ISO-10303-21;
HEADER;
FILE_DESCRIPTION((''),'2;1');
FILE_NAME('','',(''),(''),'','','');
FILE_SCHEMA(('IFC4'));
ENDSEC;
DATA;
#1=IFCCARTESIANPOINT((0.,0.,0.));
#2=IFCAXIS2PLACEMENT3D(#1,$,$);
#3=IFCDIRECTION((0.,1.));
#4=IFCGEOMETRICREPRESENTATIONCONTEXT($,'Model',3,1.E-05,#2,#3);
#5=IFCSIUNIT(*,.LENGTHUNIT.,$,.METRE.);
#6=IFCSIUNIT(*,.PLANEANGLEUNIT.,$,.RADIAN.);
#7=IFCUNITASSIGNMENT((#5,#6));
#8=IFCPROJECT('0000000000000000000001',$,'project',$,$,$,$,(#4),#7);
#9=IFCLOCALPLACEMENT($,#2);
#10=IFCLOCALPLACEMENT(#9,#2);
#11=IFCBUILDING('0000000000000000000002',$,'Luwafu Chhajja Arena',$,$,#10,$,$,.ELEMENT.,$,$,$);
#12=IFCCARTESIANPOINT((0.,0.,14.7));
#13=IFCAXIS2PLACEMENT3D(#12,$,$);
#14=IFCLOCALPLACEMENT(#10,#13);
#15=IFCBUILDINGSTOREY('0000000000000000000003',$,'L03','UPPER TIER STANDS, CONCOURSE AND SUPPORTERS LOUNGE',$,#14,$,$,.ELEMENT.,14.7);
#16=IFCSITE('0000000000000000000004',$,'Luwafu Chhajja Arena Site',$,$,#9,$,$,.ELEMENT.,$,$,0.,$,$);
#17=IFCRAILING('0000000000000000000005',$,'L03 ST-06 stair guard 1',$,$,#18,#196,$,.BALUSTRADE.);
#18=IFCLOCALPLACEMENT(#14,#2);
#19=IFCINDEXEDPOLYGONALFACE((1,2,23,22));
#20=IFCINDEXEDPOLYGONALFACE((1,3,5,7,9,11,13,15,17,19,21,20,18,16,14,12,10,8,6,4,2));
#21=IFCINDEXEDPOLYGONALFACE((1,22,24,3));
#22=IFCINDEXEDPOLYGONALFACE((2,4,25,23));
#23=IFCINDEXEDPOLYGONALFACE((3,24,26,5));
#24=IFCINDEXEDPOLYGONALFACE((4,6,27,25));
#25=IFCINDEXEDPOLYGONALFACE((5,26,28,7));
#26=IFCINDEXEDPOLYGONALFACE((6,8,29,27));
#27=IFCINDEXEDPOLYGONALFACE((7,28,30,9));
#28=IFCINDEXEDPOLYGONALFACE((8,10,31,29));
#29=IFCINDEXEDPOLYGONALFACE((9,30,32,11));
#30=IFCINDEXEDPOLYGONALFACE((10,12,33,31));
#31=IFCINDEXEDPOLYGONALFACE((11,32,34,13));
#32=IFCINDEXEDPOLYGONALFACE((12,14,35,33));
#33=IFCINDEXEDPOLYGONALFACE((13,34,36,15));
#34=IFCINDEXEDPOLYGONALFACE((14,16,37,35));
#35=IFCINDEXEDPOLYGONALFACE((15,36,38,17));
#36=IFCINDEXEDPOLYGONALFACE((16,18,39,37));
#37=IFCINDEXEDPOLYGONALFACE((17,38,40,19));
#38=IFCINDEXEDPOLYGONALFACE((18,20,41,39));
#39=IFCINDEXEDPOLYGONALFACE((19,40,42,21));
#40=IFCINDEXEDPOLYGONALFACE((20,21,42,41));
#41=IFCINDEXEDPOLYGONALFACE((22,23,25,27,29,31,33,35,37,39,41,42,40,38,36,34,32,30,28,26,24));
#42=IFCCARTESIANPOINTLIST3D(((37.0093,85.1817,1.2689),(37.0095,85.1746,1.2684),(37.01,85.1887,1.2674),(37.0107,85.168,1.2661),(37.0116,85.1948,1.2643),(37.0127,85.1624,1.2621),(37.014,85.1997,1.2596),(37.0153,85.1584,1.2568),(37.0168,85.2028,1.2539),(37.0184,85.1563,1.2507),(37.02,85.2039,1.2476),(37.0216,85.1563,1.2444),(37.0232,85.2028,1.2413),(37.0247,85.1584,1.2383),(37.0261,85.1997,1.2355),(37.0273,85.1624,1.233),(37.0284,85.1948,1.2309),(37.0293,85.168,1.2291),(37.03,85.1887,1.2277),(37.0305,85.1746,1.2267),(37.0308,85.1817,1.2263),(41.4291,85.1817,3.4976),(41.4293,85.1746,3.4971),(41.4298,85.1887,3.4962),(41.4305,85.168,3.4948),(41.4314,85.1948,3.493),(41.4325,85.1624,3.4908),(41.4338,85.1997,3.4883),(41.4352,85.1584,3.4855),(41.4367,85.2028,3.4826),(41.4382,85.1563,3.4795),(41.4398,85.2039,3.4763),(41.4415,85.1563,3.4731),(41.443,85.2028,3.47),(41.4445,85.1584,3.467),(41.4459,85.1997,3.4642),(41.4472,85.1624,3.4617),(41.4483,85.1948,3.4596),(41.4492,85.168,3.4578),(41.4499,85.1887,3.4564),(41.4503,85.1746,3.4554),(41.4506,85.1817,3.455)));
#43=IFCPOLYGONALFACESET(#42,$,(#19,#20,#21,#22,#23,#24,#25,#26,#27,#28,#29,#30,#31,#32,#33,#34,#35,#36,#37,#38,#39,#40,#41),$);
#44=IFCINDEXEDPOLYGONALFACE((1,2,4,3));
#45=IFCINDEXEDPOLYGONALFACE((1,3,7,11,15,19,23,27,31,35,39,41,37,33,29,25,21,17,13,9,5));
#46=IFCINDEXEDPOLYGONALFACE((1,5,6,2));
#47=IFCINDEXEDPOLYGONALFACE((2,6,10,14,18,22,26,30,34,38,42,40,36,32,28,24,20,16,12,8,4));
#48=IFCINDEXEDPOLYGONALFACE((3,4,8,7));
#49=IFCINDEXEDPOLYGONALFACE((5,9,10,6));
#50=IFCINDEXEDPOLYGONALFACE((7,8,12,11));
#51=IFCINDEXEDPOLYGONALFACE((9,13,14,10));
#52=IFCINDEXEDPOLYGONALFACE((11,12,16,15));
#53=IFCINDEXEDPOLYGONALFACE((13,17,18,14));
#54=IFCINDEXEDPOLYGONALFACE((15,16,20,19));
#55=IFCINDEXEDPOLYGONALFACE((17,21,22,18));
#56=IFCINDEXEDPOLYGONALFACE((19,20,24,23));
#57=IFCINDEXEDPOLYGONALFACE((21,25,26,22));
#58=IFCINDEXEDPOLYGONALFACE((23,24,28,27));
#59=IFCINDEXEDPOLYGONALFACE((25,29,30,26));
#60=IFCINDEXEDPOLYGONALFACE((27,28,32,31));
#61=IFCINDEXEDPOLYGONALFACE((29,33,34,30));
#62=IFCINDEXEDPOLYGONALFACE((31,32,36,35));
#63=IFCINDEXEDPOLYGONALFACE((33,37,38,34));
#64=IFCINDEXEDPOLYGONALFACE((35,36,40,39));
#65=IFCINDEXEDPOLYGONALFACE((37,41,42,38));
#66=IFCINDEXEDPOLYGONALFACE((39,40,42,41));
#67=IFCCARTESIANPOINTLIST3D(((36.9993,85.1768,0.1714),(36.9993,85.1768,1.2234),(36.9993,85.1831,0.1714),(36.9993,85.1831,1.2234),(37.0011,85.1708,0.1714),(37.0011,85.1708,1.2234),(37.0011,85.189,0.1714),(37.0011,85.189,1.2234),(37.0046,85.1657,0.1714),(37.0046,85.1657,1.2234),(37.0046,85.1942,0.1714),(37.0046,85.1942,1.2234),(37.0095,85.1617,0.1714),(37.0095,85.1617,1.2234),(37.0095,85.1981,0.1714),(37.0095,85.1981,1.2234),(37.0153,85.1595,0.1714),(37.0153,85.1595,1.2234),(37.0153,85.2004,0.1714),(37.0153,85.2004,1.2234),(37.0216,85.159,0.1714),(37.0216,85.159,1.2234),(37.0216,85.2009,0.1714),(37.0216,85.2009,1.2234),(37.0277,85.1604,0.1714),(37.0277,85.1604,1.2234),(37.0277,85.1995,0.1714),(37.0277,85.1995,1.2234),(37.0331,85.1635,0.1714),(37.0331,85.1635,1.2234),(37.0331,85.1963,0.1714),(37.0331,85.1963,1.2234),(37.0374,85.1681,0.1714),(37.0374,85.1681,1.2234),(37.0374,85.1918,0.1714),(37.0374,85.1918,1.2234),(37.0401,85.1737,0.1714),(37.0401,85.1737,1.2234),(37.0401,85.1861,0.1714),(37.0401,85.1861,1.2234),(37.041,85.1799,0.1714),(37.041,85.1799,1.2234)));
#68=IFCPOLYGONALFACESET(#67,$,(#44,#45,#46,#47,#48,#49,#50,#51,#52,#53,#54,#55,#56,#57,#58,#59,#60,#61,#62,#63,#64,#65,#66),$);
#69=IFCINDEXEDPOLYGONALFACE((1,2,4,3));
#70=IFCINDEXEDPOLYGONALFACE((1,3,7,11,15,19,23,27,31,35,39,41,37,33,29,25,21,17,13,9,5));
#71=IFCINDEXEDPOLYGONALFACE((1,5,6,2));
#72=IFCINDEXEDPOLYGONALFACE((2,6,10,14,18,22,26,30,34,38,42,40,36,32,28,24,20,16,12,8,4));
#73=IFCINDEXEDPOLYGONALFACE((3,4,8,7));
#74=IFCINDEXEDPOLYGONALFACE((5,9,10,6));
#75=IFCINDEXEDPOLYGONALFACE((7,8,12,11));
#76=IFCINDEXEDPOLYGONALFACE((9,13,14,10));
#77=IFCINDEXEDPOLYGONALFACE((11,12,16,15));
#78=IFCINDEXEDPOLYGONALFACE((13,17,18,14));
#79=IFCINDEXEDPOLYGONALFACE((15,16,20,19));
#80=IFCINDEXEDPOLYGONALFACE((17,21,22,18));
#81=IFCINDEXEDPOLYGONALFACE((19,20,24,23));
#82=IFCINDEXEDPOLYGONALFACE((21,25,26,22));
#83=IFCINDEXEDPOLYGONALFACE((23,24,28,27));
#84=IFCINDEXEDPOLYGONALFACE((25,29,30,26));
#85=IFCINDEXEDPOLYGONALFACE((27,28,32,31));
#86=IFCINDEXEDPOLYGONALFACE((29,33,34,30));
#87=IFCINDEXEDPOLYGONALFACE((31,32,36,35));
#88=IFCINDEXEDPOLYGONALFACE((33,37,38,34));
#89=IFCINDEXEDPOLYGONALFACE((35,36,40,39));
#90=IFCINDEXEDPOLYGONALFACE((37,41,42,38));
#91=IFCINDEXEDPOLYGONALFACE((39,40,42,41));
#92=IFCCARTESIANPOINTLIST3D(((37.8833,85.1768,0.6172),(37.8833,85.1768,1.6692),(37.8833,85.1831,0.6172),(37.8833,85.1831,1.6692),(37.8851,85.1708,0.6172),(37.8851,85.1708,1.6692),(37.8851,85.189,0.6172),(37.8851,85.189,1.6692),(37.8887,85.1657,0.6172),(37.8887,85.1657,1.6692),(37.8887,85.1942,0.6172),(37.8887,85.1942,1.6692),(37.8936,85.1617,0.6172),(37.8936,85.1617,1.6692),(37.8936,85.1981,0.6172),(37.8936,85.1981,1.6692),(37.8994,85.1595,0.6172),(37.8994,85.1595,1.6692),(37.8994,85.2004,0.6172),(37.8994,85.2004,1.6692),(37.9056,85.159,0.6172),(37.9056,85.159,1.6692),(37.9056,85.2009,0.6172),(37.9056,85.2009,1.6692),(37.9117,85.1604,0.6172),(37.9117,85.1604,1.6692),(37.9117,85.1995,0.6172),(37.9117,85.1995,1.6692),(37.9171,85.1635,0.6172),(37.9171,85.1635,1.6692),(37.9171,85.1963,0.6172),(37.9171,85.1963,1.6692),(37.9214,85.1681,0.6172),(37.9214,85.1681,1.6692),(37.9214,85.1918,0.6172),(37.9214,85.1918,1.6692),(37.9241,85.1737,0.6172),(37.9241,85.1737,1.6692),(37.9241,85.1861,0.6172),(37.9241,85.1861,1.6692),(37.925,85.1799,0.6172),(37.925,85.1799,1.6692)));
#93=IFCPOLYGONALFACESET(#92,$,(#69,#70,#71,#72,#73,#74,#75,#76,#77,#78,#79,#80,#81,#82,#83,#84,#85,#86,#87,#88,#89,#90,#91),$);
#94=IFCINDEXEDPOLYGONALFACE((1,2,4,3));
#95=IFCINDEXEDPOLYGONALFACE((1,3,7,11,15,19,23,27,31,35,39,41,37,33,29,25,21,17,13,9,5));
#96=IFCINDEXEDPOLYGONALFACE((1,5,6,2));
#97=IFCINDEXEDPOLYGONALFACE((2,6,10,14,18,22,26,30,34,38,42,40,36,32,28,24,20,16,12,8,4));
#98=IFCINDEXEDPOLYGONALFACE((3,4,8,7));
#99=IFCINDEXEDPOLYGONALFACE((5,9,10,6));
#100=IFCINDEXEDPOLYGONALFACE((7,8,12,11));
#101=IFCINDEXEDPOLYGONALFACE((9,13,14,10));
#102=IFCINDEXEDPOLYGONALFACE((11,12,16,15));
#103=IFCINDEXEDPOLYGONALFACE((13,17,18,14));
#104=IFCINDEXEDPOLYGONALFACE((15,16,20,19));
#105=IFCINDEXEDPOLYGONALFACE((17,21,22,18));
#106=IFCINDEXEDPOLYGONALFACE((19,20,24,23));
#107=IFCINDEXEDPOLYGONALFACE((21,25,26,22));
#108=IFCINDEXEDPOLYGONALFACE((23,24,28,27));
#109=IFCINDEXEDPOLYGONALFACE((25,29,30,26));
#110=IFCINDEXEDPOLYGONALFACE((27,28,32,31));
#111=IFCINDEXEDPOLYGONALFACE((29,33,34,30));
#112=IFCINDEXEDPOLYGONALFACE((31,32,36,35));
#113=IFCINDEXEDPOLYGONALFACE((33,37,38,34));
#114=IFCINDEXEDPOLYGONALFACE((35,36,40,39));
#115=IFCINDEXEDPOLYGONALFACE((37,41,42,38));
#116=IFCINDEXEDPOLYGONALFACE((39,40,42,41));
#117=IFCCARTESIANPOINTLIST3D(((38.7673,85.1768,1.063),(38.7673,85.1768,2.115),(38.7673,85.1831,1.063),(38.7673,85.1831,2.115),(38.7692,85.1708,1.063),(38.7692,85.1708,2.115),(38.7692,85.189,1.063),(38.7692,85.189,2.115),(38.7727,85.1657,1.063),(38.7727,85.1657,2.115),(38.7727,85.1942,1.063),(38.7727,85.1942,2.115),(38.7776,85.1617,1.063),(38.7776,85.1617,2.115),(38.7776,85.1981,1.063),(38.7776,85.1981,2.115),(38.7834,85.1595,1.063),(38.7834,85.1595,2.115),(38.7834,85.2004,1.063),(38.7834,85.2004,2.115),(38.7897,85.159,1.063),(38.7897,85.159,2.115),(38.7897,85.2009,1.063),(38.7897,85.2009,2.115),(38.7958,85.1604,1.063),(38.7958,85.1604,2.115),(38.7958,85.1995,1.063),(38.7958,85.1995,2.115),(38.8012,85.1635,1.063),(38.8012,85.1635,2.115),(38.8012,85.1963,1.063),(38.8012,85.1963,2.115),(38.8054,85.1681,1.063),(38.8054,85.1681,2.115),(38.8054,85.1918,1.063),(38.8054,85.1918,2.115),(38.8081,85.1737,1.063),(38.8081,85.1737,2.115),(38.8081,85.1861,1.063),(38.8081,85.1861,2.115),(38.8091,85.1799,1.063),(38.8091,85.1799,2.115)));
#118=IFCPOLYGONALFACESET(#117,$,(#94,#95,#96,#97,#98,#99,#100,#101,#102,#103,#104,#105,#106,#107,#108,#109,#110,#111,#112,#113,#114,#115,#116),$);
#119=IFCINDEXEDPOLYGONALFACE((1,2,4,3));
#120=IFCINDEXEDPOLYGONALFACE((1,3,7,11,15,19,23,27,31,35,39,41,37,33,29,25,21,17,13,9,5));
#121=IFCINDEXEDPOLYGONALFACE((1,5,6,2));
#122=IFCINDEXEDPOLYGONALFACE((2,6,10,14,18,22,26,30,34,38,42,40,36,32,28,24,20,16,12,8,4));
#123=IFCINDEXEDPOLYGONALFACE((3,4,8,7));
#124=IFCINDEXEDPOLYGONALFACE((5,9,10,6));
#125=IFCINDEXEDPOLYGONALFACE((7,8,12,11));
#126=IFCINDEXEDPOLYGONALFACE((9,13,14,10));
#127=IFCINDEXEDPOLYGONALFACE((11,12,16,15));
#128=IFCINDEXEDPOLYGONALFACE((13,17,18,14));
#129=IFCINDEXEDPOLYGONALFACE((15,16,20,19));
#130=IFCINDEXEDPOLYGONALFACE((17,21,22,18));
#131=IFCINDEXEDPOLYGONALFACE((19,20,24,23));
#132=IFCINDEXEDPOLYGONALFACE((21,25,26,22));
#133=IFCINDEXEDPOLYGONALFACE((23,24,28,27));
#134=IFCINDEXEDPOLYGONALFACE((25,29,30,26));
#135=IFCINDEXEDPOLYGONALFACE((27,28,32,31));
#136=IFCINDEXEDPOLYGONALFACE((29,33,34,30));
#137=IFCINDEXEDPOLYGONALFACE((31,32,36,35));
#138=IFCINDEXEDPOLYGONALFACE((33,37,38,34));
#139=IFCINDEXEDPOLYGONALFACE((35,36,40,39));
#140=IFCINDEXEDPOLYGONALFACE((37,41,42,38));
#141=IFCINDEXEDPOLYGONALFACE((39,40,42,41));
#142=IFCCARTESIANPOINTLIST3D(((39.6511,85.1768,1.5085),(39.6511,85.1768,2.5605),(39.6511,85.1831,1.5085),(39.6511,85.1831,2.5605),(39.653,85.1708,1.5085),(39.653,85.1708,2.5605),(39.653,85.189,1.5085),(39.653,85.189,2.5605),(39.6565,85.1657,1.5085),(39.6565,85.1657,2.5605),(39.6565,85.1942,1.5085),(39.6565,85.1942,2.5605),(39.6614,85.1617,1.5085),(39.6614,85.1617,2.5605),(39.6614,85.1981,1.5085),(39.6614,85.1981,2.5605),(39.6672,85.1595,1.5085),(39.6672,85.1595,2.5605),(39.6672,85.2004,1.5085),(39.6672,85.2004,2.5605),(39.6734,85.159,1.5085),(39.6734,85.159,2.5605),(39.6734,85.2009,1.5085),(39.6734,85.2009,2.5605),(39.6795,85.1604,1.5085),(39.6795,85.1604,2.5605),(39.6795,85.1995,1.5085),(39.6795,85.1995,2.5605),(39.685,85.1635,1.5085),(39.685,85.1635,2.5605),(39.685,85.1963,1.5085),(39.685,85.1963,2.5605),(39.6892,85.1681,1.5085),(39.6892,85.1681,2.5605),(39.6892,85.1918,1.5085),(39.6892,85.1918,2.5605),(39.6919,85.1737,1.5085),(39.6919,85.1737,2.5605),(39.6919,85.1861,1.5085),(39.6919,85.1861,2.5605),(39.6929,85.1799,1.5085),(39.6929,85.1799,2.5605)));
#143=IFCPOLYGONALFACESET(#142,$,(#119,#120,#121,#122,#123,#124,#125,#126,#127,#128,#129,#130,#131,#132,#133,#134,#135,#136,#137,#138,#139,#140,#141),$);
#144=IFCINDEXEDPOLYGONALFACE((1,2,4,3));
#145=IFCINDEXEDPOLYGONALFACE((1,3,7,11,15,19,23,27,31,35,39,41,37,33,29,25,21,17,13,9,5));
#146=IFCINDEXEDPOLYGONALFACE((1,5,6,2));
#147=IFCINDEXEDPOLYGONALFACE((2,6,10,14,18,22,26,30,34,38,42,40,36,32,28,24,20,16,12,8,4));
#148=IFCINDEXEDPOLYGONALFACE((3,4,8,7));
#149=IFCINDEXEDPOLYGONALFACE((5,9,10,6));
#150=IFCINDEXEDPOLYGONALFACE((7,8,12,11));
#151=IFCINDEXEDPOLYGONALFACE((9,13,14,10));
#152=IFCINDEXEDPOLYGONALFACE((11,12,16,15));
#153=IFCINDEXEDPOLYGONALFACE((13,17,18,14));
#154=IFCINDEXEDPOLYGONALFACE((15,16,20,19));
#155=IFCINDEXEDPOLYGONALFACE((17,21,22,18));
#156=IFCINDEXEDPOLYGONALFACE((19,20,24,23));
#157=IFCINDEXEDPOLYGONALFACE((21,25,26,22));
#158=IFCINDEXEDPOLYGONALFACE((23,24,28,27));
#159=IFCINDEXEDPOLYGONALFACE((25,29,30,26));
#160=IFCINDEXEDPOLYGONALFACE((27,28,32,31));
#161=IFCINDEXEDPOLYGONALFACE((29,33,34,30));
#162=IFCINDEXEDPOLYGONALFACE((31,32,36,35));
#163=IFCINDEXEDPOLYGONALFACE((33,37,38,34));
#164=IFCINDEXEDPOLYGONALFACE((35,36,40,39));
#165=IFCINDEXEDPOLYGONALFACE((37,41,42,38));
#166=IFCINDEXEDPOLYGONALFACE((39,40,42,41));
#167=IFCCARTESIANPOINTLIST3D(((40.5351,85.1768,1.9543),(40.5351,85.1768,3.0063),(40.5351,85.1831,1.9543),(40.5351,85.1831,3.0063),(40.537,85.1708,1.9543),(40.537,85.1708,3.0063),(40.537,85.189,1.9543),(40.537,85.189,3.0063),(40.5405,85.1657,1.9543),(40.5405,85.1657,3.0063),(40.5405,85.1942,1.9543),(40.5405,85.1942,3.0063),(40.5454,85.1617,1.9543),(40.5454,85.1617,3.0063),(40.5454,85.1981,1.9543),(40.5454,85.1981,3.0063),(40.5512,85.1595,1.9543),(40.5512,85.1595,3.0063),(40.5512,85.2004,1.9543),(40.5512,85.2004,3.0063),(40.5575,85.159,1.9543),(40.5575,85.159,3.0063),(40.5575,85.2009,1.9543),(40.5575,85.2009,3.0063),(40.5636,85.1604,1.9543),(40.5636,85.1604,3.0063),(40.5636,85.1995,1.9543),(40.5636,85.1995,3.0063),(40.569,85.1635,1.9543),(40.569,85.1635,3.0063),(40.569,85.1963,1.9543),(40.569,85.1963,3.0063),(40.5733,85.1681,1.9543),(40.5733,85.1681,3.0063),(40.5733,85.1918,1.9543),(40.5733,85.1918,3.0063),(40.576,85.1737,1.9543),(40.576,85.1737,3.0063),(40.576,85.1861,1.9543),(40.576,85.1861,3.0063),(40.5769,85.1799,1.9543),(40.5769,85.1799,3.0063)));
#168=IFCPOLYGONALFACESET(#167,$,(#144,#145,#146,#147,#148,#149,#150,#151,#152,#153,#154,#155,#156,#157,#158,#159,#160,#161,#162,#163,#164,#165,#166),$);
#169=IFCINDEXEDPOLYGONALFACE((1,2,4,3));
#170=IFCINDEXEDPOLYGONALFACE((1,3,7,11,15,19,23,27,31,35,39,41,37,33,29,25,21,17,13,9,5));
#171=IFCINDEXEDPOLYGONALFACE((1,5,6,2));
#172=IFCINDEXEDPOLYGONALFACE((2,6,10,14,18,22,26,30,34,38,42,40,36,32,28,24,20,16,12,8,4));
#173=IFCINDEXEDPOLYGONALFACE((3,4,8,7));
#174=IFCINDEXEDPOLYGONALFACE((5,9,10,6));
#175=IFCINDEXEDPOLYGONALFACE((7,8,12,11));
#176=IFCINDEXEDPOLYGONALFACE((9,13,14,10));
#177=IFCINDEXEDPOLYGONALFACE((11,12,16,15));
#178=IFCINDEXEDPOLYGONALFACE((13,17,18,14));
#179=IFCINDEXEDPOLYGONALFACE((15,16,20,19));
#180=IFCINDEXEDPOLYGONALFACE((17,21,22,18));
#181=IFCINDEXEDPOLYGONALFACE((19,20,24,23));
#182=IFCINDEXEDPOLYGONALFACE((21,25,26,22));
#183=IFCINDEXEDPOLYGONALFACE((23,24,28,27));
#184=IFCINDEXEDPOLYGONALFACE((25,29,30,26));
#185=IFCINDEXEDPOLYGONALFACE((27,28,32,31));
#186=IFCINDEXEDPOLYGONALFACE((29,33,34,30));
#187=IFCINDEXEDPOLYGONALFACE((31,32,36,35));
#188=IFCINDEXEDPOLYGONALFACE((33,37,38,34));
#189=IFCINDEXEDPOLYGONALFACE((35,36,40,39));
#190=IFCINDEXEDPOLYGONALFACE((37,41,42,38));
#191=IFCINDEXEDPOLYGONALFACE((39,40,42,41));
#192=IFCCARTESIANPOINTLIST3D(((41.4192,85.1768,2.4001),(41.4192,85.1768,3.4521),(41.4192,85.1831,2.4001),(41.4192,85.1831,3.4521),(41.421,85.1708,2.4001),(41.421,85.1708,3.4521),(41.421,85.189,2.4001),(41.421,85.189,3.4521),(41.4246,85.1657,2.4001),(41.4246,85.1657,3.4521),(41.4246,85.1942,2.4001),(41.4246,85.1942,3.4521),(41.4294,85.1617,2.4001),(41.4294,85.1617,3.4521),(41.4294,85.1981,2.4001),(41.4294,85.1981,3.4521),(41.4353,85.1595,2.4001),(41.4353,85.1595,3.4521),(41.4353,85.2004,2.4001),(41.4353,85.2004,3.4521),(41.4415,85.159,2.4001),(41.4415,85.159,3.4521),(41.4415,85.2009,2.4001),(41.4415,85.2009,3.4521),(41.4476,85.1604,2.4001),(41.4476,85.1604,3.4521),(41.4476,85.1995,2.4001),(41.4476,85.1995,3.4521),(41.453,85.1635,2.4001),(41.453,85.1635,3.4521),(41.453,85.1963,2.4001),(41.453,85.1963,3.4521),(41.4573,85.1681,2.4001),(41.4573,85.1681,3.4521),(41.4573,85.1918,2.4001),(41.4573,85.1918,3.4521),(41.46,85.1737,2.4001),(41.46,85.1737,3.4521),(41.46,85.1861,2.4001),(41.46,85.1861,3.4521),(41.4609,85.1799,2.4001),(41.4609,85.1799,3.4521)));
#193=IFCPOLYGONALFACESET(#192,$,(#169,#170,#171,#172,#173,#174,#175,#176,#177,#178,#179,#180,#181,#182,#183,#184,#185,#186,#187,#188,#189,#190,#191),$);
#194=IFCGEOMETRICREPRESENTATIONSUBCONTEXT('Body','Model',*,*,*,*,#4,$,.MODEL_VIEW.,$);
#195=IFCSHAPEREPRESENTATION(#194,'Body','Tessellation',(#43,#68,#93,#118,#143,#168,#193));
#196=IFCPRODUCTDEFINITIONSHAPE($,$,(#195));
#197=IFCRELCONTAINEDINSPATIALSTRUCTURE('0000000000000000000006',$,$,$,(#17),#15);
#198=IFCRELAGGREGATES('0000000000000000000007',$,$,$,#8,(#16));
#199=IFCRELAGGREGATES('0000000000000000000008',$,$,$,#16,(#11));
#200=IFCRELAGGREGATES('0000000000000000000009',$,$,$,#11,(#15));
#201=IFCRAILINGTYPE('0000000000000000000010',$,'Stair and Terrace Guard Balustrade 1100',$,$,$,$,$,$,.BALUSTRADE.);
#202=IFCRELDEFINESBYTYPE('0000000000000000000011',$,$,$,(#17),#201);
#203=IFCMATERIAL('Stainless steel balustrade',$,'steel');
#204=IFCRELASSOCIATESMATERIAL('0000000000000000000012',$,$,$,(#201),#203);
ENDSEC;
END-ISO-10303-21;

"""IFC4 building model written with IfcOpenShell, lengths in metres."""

from ifc_helpers import new_model, si_unit, direction, frame, origin, origin_2d, place, context, subcontext, project, spatial, circle, extrude, material, type_object, element, save


model = new_model("IFC4")

# Units and contexts
model_context = context("Model", 3, precision=1e-05, world=origin(), true_north=direction((0.0, 1.0)))
body_context = subcontext(model_context, "Body", "Model", "MODEL_VIEW")
ifc_project = project(units=[si_unit("LENGTHUNIT", "METRE"), si_unit("PLANEANGLEUNIT", "RADIAN")], contexts=[model_context])

# Site, building, storey
site_placement = place(None, origin())
site = spatial("IfcSite", under=ifc_project, at=site_placement, Name="Luwafu Chhajja Arena Site", CompositionType="ELEMENT", RefElevation=0.0)
building_placement = place(site_placement, origin())
building = spatial("IfcBuilding", under=site, at=building_placement, Name="Luwafu Chhajja Arena", CompositionType="ELEMENT")
storey_placement = place(building_placement, frame((0.0, 0.0, 14.7)))
storey = spatial("IfcBuildingStorey", under=building, at=storey_placement, Name="L03", Description="UPPER TIER STANDS, CONCOURSE AND SUPPORTERS LOUNGE", CompositionType="ELEMENT", Elevation=14.7)

# Railing
ifc_material_1 = material(Name="Stainless steel balustrade", Category="steel")
railing_type_1 = type_object("IfcRailingType", Name="Stair and Terrace Guard Balustrade 1100", PredefinedType="BALUSTRADE", material=ifc_material_1)
railing_1_placement = place(storey_placement, frame((37.02, 85.1799, 0.1714)))
element("IfcRailing", 1, at=railing_1_placement, inside=storey, type_object=railing_type_1, Name="L03 ST-06 stair guard 1", PredefinedType="BALUSTRADE", context=body_context, shape_type="SweptSolid", body=[
    extrude(circle(Radius=0.0239, at=origin_2d()), frame((0.0, 0.0, 1.0762), z_axis=(0.892903, 0.0, 0.450249), x_axis=(0.0, 1.0, 0.0)), (0.0, 0.0, 1.0), 4.95),
    extrude(circle(Radius=0.021, at=origin_2d()), origin(), (0.0, 0.0, 1.0), 1.052),
    extrude(circle(Radius=0.021, at=origin_2d()), frame((0.884, 0.0, 0.4458)), (0.0, 0.0, 1.0), 1.052),
    extrude(circle(Radius=0.021, at=origin_2d()), frame((1.7681, 0.0, 0.8916)), (0.0, 0.0, 1.0), 1.052),
    extrude(circle(Radius=0.021, at=origin_2d()), frame((2.6519, 0.0, 1.3372)), (0.0, 0.0, 1.0), 1.052),
    extrude(circle(Radius=0.021, at=origin_2d()), frame((3.5359, 0.0, 1.783)), (0.0, 0.0, 1.0), 1.052),
    extrude(circle(Radius=0.021, at=origin_2d()), frame((4.4199, 0.0, 2.2288)), (0.0, 0.0, 1.0), 1.052),
])

save(model, "model.ifc")
